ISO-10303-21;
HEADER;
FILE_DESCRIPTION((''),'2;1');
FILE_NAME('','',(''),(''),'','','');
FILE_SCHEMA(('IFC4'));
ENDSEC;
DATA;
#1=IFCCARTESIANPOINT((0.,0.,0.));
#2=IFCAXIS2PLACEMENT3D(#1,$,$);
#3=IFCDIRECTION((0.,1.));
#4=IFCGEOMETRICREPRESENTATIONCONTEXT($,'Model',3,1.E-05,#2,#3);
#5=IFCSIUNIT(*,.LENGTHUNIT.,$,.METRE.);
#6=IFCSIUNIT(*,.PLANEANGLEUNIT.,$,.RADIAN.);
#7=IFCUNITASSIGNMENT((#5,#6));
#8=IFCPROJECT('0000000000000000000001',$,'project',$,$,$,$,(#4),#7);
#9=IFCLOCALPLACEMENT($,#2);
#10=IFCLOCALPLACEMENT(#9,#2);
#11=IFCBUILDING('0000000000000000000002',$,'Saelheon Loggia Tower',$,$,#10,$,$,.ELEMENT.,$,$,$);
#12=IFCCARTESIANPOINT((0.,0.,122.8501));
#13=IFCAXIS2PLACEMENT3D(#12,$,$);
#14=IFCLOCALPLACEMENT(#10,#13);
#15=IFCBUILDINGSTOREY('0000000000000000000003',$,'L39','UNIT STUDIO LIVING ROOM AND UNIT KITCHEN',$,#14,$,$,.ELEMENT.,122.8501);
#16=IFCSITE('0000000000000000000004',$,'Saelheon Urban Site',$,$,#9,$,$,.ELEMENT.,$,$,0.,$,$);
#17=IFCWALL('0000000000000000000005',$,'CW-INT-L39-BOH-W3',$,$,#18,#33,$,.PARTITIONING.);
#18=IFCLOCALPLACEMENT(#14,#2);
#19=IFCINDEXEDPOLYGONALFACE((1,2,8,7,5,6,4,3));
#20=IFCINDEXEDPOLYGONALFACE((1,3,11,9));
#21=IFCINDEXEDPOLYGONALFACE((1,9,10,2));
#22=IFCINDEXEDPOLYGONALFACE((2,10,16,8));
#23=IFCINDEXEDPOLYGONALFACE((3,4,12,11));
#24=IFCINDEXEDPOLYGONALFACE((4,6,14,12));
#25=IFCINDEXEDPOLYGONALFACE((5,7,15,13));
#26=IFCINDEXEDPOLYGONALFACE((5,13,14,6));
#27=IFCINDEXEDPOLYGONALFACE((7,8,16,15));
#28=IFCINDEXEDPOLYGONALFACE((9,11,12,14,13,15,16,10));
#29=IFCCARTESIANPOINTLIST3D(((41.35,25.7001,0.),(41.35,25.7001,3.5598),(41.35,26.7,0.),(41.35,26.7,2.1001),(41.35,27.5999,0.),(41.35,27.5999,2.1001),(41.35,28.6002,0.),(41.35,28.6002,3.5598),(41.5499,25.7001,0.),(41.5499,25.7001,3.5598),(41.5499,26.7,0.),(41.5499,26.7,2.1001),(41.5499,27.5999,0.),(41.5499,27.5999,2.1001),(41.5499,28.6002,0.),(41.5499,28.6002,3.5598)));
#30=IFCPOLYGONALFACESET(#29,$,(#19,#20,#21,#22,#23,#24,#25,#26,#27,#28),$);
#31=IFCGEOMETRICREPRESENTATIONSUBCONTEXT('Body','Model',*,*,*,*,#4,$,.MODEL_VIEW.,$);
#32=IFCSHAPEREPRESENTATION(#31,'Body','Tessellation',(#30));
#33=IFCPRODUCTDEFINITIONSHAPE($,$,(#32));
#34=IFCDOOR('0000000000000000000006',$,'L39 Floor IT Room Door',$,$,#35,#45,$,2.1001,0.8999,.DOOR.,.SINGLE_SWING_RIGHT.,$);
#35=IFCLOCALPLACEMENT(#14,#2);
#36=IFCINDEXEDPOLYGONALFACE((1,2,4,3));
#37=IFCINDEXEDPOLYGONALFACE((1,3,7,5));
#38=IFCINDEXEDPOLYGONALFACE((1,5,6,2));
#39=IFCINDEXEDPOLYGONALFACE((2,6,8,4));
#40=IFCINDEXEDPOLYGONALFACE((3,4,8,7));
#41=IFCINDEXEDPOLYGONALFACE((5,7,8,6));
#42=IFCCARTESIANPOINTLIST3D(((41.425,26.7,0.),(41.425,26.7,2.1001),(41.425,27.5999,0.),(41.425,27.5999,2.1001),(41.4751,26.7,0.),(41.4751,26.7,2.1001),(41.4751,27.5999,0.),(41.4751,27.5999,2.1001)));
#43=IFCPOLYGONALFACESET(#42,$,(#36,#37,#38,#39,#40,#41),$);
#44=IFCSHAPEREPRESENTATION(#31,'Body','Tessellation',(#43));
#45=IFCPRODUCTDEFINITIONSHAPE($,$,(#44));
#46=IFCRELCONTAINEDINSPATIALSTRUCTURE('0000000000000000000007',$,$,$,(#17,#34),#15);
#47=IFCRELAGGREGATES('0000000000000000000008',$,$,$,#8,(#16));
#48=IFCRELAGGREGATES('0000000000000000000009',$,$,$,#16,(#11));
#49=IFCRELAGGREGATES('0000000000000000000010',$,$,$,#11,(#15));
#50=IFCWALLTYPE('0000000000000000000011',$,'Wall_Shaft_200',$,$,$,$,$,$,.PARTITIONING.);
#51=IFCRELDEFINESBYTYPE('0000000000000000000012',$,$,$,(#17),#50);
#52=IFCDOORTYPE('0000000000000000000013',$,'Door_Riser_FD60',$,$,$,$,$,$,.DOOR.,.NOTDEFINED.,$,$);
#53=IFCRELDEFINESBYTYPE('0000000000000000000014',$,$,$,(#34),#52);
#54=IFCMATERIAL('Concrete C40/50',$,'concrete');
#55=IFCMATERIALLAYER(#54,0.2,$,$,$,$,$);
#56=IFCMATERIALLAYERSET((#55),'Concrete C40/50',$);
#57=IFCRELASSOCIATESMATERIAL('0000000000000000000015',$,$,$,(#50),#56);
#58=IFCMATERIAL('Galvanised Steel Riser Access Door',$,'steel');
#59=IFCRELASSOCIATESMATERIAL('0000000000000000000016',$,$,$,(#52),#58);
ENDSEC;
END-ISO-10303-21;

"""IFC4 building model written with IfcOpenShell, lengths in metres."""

from ifc_helpers import new_model, si_unit, direction, frame, frame_2d, origin, place, context, subcontext, project, spatial, rectangle, extrude, source, transform, mapped, material, layer, layer_set, type_object, element, fill, save


model = new_model("IFC4")

# Units and contexts
model_context = context("Model", 3, precision=1e-05, world=origin(), true_north=direction((0.0, 1.0)))
body_context = subcontext(model_context, "Body", "Model", "MODEL_VIEW")
ifc_project = project(units=[si_unit("LENGTHUNIT", "METRE"), si_unit("PLANEANGLEUNIT", "RADIAN")], contexts=[model_context])

# Site, building, storey
site_placement = place(None, origin())
site = spatial("IfcSite", under=ifc_project, at=site_placement, Name="Saelheon Urban Site", CompositionType="ELEMENT", RefElevation=0.0)
building_placement = place(site_placement, origin())
building = spatial("IfcBuilding", under=site, at=building_placement, Name="Saelheon Loggia Tower", CompositionType="ELEMENT")
storey_placement = place(building_placement, frame((0.0, 0.0, 122.8501)))
storey = spatial("IfcBuildingStorey", under=building, at=storey_placement, Name="L39", Description="UNIT STUDIO LIVING ROOM AND UNIT KITCHEN", CompositionType="ELEMENT", Elevation=122.8501)

# Shared definitions
ifc_material_1 = material(Name="Concrete C40/50", Category="concrete")
ifc_layer_1 = layer(ifc_material_1, 0.2)
ifc_layer_set_1 = layer_set([ifc_layer_1], Name="Concrete C40/50")
wall_type_1 = type_object("IfcWallType", Name="Wall_Shaft_200", PredefinedType="PARTITIONING", material=ifc_layer_set_1)

# Wall, opening, door
wall_1_placement = place(storey_placement, frame((41.45, 25.7, 0.0), z_axis=(0.0, 0.0, 1.0), x_axis=(0.0, 1.0, 0.0)))
wall_1 = element("IfcWall", 1, at=wall_1_placement, inside=storey, type_object=wall_type_1, Name="CW-INT-L39-BOH-W3", PredefinedType="PARTITIONING", context=body_context, shape_type="SweptSolid", body=[
    extrude(rectangle(XDim=2.9001, YDim=0.2, at=frame_2d((1.4502, 0.0))), origin(), (0.0, 0.0, 1.0), 3.5598),
])
opening_1_placement = place(wall_1_placement, frame((1.0, 0.0, 0.0)))
opening_1 = element("IfcOpeningElement", 2, at=opening_1_placement, cuts=wall_1, PredefinedType="OPENING", context=body_context, shape_type="SweptSolid", body=[
    extrude(rectangle(XDim=0.8999, YDim=2.1001, at=frame_2d((0.45, 1.05))), frame((0.0, 0.1121, 0.0), z_axis=(0.0, -1.0, 0.0), x_axis=(1.0, 0.0, 0.0)), (0.0, 0.0, 1.0), 0.2239),
])
ifc_material_2 = material(Name="Galvanised Steel Riser Access Door", Category="steel")
door_type_1 = type_object("IfcDoorType", Name="Door_Riser_FD60", OperationType="NOTDEFINED", PredefinedType="DOOR", material=ifc_material_2)
shared_shape_1 = source(origin(), body_context, "Body", "SweptSolid", [
    extrude(rectangle(XDim=0.8999, YDim=2.1001, at=frame_2d((0.45, 1.05))), frame((0.0, 0.0249, 0.0), z_axis=(0.0, -1.0, 0.0), x_axis=(1.0, 0.0, 0.0)), (0.0, 0.0, 1.0), 0.05),
])
door_1_placement = place(opening_1_placement, origin())
door_1 = element("IfcDoor", 3, at=door_1_placement, inside=storey, type_object=door_type_1, Name="L39 Floor IT Room Door", OperationType="SINGLE_SWING_RIGHT", OverallHeight=2.1001, OverallWidth=0.8999, PredefinedType="DOOR", context=body_context, shape_type="MappedRepresentation", body=[
    mapped(shared_shape_1, transform((0.0, 0.0, 0.0), scale=1.0)),
])
fill(opening_1, door_1)

save(model, "model.ifc")
